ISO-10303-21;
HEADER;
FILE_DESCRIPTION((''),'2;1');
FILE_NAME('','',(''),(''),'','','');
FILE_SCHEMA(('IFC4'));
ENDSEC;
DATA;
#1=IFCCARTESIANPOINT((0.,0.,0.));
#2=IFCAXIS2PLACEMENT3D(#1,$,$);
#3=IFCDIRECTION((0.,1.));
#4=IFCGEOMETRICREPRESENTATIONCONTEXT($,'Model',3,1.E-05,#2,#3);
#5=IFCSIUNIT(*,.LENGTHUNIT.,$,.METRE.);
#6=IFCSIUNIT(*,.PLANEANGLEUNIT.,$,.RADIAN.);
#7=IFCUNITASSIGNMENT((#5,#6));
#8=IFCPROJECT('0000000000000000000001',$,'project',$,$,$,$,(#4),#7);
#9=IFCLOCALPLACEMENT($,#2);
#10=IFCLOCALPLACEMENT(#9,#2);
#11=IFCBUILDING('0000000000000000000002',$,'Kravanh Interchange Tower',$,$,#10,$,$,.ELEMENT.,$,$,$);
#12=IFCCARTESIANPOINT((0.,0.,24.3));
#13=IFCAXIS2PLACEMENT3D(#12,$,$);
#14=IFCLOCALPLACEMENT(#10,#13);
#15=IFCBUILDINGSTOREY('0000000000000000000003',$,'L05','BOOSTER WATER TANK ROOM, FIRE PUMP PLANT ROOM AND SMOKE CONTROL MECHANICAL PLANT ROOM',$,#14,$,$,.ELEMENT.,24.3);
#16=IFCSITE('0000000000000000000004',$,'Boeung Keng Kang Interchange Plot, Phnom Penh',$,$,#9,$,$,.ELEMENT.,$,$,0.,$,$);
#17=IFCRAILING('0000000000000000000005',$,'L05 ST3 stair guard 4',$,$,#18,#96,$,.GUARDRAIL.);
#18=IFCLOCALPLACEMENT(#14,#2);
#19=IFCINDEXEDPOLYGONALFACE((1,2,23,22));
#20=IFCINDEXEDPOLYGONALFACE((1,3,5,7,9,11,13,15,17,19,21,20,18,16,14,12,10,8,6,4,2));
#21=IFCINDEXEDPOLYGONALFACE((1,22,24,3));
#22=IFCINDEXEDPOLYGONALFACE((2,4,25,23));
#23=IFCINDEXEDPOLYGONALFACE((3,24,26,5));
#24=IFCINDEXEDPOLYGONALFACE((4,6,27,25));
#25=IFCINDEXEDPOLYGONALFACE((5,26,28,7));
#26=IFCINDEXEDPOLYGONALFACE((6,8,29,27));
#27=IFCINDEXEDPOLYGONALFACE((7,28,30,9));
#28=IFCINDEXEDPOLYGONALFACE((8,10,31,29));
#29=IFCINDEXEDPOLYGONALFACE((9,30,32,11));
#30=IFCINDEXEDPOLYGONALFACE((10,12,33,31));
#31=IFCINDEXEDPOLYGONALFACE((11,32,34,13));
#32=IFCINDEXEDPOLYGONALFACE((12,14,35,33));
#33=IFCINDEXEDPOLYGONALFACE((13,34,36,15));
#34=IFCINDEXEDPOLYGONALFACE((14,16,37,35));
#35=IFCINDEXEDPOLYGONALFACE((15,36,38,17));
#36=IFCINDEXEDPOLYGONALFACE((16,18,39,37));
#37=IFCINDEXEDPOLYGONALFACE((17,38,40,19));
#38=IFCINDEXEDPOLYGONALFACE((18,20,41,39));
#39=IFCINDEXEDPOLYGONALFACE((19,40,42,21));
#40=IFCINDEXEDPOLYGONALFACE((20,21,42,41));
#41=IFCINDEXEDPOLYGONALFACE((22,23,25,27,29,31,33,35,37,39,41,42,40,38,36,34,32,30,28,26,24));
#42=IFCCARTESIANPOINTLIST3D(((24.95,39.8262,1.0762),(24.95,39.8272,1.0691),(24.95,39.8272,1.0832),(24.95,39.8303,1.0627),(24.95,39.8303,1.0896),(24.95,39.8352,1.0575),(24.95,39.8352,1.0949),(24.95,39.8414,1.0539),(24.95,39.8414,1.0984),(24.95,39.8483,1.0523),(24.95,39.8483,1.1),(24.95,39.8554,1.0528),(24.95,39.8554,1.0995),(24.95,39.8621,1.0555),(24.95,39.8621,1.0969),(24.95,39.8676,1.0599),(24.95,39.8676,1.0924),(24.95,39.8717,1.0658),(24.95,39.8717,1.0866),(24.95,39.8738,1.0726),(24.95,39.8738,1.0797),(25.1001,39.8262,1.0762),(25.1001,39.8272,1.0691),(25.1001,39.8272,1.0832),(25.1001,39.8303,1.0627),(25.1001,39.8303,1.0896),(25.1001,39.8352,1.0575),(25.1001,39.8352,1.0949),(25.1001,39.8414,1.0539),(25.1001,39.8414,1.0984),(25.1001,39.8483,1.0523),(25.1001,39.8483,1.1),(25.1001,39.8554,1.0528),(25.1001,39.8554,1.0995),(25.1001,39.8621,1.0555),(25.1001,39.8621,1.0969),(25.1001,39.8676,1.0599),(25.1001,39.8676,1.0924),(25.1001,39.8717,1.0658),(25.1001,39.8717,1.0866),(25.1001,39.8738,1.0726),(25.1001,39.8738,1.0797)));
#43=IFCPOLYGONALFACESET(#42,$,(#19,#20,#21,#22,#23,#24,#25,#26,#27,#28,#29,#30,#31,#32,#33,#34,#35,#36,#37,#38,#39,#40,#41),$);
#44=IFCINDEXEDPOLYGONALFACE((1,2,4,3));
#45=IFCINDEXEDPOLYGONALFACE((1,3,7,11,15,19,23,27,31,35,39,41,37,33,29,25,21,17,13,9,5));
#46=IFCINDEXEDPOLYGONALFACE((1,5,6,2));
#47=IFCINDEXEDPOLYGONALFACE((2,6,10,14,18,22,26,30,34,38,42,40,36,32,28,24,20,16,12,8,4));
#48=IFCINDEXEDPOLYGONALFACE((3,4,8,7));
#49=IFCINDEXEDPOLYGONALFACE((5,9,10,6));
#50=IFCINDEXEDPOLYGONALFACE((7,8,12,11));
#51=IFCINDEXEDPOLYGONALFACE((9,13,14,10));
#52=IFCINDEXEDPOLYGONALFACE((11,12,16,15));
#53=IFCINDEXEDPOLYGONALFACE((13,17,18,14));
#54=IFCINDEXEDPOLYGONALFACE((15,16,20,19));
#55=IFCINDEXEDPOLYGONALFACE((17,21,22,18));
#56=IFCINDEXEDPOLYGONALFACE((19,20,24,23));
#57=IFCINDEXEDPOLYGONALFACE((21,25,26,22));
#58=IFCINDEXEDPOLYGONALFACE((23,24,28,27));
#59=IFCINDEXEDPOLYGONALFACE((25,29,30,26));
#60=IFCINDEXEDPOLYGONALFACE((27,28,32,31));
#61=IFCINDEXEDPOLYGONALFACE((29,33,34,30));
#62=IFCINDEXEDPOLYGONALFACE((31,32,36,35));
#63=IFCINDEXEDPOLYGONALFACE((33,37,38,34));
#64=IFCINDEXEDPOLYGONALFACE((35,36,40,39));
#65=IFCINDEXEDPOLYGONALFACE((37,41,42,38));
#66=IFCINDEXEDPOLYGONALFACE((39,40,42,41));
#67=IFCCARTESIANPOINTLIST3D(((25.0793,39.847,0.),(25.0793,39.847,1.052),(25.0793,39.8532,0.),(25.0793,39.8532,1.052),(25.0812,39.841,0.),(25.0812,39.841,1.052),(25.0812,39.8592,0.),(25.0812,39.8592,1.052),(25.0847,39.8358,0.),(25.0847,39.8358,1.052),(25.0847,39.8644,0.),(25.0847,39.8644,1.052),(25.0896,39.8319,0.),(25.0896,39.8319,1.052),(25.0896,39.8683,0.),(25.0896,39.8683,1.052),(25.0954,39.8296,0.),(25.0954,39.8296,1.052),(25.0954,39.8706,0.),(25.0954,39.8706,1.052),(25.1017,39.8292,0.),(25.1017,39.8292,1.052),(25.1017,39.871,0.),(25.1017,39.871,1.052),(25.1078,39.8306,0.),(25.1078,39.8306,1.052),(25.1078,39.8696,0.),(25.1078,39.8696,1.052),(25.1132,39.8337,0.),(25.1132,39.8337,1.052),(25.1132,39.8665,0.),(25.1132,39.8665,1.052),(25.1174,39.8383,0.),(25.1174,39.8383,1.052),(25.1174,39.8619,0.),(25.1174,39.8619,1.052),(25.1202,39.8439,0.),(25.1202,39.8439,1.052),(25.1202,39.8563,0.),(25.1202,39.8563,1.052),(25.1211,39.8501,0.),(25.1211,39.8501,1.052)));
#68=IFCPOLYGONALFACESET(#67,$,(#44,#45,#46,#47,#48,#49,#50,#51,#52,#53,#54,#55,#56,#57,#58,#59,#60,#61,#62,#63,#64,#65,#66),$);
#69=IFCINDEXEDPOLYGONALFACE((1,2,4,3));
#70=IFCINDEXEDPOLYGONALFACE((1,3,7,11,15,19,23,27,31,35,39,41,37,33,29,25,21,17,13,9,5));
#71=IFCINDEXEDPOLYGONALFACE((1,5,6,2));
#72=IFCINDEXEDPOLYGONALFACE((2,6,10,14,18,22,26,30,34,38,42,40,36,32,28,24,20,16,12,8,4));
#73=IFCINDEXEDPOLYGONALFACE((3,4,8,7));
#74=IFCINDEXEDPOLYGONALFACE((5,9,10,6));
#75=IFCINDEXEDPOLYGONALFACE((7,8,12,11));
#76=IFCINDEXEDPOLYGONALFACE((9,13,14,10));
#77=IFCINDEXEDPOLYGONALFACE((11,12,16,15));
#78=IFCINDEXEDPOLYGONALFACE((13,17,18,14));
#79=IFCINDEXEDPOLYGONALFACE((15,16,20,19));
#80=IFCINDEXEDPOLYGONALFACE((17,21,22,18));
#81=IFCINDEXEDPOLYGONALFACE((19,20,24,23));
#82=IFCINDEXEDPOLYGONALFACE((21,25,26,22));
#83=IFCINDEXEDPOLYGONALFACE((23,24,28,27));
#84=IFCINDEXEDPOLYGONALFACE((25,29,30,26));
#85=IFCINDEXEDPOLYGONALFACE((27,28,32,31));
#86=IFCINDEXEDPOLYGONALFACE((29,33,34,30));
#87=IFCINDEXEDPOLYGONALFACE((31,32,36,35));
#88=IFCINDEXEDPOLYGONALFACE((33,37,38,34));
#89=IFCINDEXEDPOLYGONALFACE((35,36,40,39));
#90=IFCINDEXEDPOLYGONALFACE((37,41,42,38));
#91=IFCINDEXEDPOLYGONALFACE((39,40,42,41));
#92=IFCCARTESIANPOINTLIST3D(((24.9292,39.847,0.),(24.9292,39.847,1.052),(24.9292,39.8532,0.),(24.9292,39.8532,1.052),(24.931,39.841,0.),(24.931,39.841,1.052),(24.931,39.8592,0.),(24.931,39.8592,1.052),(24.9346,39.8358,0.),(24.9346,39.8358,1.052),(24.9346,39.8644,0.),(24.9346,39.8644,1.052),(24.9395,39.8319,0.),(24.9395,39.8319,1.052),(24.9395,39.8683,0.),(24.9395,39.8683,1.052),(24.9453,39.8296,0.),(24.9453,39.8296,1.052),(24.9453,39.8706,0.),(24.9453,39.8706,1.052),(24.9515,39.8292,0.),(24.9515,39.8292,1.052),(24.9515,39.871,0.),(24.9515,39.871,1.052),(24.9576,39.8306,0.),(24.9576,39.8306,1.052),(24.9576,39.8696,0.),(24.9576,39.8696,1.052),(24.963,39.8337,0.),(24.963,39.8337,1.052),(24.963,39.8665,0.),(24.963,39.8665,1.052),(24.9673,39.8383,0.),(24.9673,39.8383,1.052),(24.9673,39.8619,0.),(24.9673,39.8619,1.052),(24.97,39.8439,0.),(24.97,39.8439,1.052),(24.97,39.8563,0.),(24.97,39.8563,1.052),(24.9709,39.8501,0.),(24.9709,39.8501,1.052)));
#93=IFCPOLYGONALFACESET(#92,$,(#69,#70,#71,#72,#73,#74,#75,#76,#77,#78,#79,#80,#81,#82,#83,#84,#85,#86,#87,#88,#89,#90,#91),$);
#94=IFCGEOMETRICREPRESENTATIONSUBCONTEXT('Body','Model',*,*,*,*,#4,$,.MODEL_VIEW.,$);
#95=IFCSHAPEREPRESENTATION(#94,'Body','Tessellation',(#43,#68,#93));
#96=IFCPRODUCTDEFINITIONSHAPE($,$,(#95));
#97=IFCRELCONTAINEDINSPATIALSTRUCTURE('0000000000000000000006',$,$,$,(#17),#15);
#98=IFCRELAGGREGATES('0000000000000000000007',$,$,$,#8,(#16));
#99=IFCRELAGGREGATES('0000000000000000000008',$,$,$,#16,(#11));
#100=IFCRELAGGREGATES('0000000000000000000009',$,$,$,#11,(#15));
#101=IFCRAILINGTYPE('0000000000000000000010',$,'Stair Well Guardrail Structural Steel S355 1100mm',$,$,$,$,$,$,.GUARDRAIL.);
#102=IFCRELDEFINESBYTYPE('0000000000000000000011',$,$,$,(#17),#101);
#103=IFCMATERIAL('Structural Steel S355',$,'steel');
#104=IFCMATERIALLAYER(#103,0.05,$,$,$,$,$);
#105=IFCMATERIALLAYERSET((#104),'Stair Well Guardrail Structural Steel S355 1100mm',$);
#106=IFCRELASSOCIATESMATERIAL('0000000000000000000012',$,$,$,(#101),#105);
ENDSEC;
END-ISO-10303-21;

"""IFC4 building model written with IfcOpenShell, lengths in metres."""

from ifc_helpers import new_model, si_unit, direction, frame, origin, origin_2d, place, context, subcontext, project, spatial, circle, extrude, material, layer, layer_set, type_object, element, save


model = new_model("IFC4")

# Units and contexts
model_context = context("Model", 3, precision=1e-05, world=origin(), true_north=direction((0.0, 1.0)))
body_context = subcontext(model_context, "Body", "Model", "MODEL_VIEW")
ifc_project = project(units=[si_unit("LENGTHUNIT", "METRE"), si_unit("PLANEANGLEUNIT", "RADIAN")], contexts=[model_context])

# Site, building, storey
site_placement = place(None, origin())
site = spatial("IfcSite", under=ifc_project, at=site_placement, Name="Boeung Keng Kang Interchange Plot, Phnom Penh", CompositionType="ELEMENT", RefElevation=0.0)
building_placement = place(site_placement, origin())
building = spatial("IfcBuilding", under=site, at=building_placement, Name="Kravanh Interchange Tower", CompositionType="ELEMENT")
storey_placement = place(building_placement, frame((0.0, 0.0, 24.3)))
storey = spatial("IfcBuildingStorey", under=building, at=storey_placement, Name="L05", Description="BOOSTER WATER TANK ROOM, FIRE PUMP PLANT ROOM AND SMOKE CONTROL MECHANICAL PLANT ROOM", CompositionType="ELEMENT", Elevation=24.3)

# Railing
ifc_material_1 = material(Name="Structural Steel S355", Category="steel")
ifc_layer_1 = layer(ifc_material_1, 0.05)
ifc_layer_set_1 = layer_set([ifc_layer_1], Name="Stair Well Guardrail Structural Steel S355 1100mm")
railing_type_1 = type_object("IfcRailingType", Name="Stair Well Guardrail Structural Steel S355 1100mm", PredefinedType="GUARDRAIL", material=ifc_layer_set_1)
railing_1_placement = place(storey_placement, frame((25.1001, 39.8501, 0.0)))
element("IfcRailing", 1, at=railing_1_placement, inside=storey, type_object=railing_type_1, Name="L05 ST3 stair guard 4", PredefinedType="GUARDRAIL", context=body_context, shape_type="SweptSolid", body=[
    extrude(circle(Radius=0.0239, at=origin_2d()), frame((0.0, 0.0, 1.0762), z_axis=(-1.0, 0.0, 0.0), x_axis=(0.0, -1.0, 0.0)), (0.0, 0.0, 1.0), 0.1501),
    extrude(circle(Radius=0.021, at=origin_2d()), origin(), (0.0, 0.0, 1.0), 1.052),
    extrude(circle(Radius=0.021, at=origin_2d()), frame((-0.1501, 0.0, 0.0)), (0.0, 0.0, 1.0), 1.052),
])

save(model, "model.ifc")
